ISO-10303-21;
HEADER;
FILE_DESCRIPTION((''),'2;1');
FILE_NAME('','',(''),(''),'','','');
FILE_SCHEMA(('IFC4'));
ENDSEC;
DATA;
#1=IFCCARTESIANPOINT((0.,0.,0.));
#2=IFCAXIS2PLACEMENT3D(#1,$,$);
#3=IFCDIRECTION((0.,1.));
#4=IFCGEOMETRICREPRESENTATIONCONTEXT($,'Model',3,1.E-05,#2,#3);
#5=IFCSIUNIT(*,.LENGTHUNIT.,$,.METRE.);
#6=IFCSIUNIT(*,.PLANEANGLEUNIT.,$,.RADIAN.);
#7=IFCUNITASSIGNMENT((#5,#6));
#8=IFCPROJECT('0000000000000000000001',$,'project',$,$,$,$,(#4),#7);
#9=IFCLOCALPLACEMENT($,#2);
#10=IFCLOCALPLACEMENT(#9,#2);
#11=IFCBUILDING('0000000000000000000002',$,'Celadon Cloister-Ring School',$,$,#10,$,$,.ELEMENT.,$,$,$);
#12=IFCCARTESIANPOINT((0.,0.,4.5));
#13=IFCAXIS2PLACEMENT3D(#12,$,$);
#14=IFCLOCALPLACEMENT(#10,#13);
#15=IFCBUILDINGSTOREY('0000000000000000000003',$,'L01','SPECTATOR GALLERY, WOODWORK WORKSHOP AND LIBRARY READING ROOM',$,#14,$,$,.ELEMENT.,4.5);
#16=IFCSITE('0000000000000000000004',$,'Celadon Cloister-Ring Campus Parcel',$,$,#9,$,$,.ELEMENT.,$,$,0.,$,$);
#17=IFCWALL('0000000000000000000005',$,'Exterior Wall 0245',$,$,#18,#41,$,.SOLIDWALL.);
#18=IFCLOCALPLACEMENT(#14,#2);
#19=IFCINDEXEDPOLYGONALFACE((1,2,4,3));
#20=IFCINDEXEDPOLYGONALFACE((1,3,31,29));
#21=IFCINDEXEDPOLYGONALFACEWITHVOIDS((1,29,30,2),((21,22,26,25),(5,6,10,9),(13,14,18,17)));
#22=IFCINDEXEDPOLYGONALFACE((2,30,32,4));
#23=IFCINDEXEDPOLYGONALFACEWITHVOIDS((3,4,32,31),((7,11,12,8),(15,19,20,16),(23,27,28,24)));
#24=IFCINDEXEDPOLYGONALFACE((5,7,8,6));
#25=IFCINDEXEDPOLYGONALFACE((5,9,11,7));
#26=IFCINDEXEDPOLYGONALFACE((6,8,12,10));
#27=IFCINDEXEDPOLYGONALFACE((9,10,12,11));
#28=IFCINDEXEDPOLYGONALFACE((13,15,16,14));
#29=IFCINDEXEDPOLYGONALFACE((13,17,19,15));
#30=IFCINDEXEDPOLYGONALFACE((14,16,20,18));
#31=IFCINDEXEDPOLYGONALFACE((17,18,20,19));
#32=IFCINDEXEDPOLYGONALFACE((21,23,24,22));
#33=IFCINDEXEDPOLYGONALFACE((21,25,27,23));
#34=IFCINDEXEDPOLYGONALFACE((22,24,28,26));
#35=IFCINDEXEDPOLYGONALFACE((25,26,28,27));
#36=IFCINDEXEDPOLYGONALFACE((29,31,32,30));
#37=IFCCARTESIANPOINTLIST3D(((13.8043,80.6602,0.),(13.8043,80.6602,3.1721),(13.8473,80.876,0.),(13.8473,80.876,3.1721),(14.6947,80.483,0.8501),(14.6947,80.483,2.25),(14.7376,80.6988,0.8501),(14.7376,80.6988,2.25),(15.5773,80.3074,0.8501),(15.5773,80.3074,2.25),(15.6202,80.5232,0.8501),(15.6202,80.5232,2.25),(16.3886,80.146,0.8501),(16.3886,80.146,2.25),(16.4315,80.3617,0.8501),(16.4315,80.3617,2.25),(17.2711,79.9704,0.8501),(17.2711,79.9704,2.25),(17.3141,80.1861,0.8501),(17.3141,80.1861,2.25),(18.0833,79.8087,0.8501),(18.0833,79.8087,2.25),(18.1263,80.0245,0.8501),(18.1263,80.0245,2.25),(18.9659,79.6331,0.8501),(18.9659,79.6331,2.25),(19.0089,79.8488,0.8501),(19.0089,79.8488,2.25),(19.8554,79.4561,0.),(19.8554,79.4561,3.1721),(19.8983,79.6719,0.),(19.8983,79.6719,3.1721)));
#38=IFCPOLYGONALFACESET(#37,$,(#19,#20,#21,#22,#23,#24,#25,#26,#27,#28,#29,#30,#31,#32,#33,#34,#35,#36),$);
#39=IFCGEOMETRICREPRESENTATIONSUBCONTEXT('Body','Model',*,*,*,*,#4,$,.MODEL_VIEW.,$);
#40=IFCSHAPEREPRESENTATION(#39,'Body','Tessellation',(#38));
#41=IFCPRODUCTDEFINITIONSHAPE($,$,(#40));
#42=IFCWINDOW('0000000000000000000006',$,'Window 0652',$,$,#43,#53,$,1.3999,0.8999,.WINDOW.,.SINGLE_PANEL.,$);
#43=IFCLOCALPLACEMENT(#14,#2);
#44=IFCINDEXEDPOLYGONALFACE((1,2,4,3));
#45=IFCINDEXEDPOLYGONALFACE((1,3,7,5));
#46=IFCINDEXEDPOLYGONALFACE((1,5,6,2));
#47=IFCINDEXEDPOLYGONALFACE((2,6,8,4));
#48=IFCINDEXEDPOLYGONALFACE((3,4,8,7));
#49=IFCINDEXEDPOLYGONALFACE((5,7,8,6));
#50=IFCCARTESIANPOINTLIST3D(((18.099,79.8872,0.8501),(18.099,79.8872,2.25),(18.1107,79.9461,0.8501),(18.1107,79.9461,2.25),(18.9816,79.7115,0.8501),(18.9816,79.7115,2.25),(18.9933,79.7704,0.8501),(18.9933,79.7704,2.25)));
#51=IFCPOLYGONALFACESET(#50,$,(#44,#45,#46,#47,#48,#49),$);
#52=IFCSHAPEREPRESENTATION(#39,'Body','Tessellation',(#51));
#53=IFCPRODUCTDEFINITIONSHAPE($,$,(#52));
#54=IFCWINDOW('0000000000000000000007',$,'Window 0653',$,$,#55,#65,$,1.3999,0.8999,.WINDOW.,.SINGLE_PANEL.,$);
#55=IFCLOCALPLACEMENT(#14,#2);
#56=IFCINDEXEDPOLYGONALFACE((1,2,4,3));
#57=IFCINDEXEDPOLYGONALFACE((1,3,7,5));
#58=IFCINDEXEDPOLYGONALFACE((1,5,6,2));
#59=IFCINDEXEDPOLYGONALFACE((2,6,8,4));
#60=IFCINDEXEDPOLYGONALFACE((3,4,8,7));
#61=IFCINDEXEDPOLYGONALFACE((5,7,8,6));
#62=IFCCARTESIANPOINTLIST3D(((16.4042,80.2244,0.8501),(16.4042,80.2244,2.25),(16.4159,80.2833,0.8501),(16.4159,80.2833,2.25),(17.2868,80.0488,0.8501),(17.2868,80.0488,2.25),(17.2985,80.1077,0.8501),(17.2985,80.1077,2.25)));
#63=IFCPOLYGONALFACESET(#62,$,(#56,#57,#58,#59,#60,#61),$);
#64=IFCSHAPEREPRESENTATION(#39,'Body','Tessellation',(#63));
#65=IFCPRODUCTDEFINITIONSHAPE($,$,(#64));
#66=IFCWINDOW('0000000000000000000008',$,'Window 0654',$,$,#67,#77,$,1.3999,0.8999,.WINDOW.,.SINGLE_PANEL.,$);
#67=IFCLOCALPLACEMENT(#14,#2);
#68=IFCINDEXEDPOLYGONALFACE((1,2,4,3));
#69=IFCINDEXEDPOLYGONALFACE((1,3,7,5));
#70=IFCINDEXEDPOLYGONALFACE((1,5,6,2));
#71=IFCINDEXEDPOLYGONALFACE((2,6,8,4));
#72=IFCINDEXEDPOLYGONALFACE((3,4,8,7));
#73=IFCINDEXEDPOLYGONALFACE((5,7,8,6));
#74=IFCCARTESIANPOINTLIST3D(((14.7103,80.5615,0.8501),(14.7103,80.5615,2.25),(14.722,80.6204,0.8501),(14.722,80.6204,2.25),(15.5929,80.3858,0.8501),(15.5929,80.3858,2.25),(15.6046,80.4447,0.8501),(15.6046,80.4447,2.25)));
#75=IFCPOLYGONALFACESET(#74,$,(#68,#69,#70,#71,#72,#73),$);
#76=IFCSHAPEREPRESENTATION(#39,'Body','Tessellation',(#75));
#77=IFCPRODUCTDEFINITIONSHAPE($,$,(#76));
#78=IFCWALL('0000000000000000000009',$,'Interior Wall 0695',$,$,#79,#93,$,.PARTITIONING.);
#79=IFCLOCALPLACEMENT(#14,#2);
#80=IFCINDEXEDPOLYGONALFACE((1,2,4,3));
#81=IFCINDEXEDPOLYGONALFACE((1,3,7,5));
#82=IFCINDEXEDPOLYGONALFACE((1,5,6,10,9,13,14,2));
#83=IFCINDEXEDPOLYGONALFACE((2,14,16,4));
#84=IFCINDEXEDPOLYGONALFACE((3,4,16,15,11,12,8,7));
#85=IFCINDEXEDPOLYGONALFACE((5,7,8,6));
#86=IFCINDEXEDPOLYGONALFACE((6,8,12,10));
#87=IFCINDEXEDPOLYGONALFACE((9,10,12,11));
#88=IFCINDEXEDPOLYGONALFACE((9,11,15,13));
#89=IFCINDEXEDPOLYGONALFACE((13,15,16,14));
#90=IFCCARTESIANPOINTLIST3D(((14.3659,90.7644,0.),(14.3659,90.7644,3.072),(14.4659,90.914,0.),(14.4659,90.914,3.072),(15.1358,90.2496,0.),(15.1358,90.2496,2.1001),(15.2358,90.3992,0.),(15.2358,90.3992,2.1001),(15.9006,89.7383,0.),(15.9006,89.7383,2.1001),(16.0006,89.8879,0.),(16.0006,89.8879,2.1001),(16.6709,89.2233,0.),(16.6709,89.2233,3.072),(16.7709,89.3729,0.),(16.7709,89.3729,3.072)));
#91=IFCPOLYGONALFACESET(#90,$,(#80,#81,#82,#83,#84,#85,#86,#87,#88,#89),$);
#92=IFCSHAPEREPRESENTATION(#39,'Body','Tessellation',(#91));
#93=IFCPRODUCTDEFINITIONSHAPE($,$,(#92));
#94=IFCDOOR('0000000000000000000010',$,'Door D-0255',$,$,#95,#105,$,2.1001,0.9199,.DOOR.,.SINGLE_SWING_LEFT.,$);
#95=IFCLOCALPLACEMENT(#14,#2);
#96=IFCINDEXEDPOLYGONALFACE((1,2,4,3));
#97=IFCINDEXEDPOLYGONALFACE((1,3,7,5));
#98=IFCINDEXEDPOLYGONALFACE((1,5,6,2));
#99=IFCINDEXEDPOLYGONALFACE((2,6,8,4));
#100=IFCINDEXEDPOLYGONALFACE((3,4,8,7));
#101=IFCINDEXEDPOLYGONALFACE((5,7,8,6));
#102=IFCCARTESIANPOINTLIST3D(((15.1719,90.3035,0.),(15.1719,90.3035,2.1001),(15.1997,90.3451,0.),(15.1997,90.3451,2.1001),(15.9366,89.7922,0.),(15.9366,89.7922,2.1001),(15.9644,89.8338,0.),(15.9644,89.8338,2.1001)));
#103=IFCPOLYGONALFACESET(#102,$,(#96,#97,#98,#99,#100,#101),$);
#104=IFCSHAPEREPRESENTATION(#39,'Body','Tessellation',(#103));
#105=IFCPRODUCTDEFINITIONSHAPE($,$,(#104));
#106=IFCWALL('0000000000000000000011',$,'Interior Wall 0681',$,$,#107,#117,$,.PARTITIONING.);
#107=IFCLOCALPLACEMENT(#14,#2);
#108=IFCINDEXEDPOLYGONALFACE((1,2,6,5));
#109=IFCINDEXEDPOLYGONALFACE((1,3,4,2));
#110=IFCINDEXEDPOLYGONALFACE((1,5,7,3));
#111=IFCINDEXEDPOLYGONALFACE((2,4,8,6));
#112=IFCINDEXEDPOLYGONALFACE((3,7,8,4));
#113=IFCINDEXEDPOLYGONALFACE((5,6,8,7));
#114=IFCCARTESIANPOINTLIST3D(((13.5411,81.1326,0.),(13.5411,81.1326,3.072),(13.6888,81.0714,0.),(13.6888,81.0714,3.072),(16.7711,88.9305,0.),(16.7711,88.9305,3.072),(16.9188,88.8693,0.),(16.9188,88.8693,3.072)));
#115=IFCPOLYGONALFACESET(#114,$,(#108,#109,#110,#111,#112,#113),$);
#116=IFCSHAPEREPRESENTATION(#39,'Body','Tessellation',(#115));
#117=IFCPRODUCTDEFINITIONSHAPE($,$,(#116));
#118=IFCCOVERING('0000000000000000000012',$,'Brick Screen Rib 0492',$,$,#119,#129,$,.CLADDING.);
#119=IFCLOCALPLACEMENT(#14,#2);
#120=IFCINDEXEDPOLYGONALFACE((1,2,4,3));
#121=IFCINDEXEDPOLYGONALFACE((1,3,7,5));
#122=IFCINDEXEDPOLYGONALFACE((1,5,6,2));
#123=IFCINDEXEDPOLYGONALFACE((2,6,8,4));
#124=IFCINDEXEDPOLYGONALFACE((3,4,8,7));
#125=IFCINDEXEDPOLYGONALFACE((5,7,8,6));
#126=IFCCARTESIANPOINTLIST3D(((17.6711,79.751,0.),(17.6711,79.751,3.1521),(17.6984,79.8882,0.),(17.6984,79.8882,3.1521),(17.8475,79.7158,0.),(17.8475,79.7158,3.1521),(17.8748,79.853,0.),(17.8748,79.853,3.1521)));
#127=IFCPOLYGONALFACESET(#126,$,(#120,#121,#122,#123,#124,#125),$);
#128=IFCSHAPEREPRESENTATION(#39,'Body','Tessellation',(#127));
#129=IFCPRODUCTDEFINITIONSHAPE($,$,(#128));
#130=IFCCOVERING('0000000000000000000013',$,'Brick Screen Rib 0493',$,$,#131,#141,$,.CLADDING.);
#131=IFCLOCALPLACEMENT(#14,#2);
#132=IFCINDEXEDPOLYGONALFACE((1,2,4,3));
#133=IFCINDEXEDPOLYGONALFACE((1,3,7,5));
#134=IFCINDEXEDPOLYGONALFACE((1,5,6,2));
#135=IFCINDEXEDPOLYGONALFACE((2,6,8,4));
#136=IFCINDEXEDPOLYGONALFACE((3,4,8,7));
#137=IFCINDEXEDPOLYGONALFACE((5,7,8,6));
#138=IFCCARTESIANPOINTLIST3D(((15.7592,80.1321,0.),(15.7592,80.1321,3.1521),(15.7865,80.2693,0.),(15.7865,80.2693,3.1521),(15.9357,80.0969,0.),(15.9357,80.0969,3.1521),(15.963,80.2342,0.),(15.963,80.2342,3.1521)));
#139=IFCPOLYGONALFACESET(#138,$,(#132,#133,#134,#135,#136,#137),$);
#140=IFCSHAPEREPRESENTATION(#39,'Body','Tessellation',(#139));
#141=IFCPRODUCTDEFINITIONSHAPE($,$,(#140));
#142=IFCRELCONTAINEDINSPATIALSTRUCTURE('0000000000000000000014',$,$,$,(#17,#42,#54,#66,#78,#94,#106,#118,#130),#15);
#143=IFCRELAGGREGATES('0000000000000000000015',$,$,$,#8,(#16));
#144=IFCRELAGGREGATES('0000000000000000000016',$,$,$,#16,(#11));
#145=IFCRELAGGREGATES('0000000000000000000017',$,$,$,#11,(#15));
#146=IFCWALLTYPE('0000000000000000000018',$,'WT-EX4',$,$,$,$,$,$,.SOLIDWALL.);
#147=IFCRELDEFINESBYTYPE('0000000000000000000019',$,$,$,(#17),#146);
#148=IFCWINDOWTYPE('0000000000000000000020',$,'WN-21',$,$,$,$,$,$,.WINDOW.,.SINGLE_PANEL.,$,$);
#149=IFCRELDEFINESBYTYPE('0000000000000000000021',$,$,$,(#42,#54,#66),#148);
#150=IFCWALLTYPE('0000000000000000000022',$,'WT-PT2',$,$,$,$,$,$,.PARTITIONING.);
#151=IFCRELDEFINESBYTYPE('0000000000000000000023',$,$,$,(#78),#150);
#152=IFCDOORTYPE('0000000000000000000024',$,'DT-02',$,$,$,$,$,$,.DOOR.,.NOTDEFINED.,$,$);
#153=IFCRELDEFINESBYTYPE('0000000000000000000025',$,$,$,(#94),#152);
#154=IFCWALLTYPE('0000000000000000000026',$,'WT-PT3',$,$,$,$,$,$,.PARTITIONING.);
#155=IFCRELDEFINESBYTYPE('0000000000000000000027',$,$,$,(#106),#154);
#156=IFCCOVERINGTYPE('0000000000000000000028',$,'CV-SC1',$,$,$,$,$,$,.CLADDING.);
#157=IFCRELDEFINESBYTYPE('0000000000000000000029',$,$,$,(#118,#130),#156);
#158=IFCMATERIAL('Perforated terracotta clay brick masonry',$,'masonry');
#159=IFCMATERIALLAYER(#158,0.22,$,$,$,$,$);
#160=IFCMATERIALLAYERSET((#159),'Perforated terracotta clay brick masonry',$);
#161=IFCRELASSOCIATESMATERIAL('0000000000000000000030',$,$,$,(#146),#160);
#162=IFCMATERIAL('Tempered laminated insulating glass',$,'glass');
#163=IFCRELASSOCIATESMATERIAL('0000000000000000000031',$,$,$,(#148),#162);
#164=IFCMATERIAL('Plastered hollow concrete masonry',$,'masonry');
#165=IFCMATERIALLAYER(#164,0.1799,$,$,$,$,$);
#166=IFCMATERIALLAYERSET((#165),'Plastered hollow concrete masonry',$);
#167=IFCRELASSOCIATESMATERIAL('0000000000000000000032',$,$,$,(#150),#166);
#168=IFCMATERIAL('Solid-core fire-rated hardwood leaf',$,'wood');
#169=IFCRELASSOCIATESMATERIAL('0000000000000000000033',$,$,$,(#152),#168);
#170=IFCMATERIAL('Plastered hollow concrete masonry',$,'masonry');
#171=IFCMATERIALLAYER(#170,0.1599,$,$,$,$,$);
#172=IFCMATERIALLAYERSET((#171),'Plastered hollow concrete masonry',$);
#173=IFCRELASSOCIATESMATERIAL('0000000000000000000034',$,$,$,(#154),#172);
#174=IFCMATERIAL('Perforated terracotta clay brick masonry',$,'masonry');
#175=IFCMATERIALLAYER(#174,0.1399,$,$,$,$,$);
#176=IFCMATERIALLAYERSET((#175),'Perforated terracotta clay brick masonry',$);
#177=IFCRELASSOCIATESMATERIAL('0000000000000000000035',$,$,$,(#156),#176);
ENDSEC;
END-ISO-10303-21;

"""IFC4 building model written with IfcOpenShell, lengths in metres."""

from ifc_helpers import new_model, si_unit, direction, frame, frame_2d, origin, origin_2d, place, context, subcontext, project, spatial, rectangle, extrude, material, layer, layer_set, type_object, element, fill, save


model = new_model("IFC4")

# Units and contexts
model_context = context("Model", 3, precision=1e-05, world=origin(), true_north=direction((0.0, 1.0)))
body_context = subcontext(model_context, "Body", "Model", "MODEL_VIEW")
ifc_project = project(units=[si_unit("LENGTHUNIT", "METRE"), si_unit("PLANEANGLEUNIT", "RADIAN")], contexts=[model_context])

# Site, building, storey
site_placement = place(None, origin())
site = spatial("IfcSite", under=ifc_project, at=site_placement, Name="Celadon Cloister-Ring Campus Parcel", CompositionType="ELEMENT", RefElevation=0.0)
building_placement = place(site_placement, origin())
building = spatial("IfcBuilding", under=site, at=building_placement, Name="Celadon Cloister-Ring School", CompositionType="ELEMENT")
storey_placement = place(building_placement, frame((0.0, 0.0, 4.5)))
storey = spatial("IfcBuildingStorey", under=building, at=storey_placement, Name="L01", Description="SPECTATOR GALLERY, WOODWORK WORKSHOP AND LIBRARY READING ROOM", CompositionType="ELEMENT", Elevation=4.5)

# Wall, openings, windows
ifc_material_1 = material(Name="Perforated terracotta clay brick masonry", Category="masonry")
ifc_layer_1 = layer(ifc_material_1, 0.22)
ifc_layer_set_1 = layer_set([ifc_layer_1], Name="Perforated terracotta clay brick masonry")
wall_type_1 = type_object("IfcWallType", Name="WT-EX4", PredefinedType="SOLIDWALL", material=ifc_layer_set_1)
wall_1_placement = place(storey_placement, frame((19.877, 79.564, 0.0), z_axis=(0.0, 0.0, 1.0), x_axis=(-0.98077, 0.195165, 0.0)))
wall_1 = element("IfcWall", 1, at=wall_1_placement, inside=storey, type_object=wall_type_1, Name="Exterior Wall 0245", PredefinedType="SOLIDWALL", context=body_context, shape_type="SweptSolid", body=[
    extrude(rectangle(XDim=6.1697, YDim=0.22, at=frame_2d((3.085, 0.0))), origin(), (0.0, 0.0, 1.0), 3.1721),
])
opening_1_placement = place(wall_1_placement, frame((0.907, 0.0, 0.8501)))
opening_1 = element("IfcOpeningElement", 2, at=opening_1_placement, cuts=wall_1, PredefinedType="OPENING", context=body_context, shape_type="SweptSolid", body=[
    extrude(rectangle(XDim=0.8999, YDim=1.3999, at=frame_2d((0.45, 0.7))), frame((0.0, 0.1201, 0.0), z_axis=(0.0, -1.0, 0.0), x_axis=(1.0, 0.0, 0.0)), (0.0, 0.0, 1.0), 0.24),
])
opening_2_placement = place(wall_1_placement, frame((2.635, 0.0, 0.8501)))
opening_2 = element("IfcOpeningElement", 3, at=opening_2_placement, cuts=wall_1, PredefinedType="OPENING", context=body_context, shape_type="SweptSolid", body=[
    extrude(rectangle(XDim=0.8999, YDim=1.3999, at=frame_2d((0.45, 0.7))), frame((0.0, 0.1201, 0.0), z_axis=(0.0, -1.0, 0.0), x_axis=(1.0, 0.0, 0.0)), (0.0, 0.0, 1.0), 0.24),
])
opening_3_placement = place(wall_1_placement, frame((4.3621, 0.0, 0.8501)))
opening_3 = element("IfcOpeningElement", 4, at=opening_3_placement, cuts=wall_1, PredefinedType="OPENING", context=body_context, shape_type="SweptSolid", body=[
    extrude(rectangle(XDim=0.8999, YDim=1.3999, at=frame_2d((0.45, 0.7))), frame((0.0, 0.1201, 0.0), z_axis=(0.0, -1.0, 0.0), x_axis=(1.0, 0.0, 0.0)), (0.0, 0.0, 1.0), 0.24),
])
ifc_material_2 = material(Name="Tempered laminated insulating glass", Category="glass")
window_type_1 = type_object("IfcWindowType", Name="WN-21", PartitioningType="SINGLE_PANEL", PredefinedType="WINDOW", material=ifc_material_2)
window_1_placement = place(opening_1_placement, origin())
window_1 = element("IfcWindow", 5, at=window_1_placement, inside=storey, type_object=window_type_1, Name="Window 0652", OverallHeight=1.3999, OverallWidth=0.8999, PartitioningType="SINGLE_PANEL", PredefinedType="WINDOW", context=body_context, shape_type="SweptSolid", body=[
    extrude(rectangle(XDim=0.8999, YDim=1.3999, at=frame_2d((0.45, 0.7))), frame((0.0, 0.03, 0.0), z_axis=(0.0, -1.0, 0.0), x_axis=(1.0, 0.0, 0.0)), (0.0, 0.0, 1.0), 0.0601),
])
fill(opening_1, window_1)
window_2_placement = place(opening_2_placement, origin())
window_2 = element("IfcWindow", 6, at=window_2_placement, inside=storey, type_object=window_type_1, Name="Window 0653", OverallHeight=1.3999, OverallWidth=0.8999, PartitioningType="SINGLE_PANEL", PredefinedType="WINDOW", context=body_context, shape_type="SweptSolid", body=[
    extrude(rectangle(XDim=0.8999, YDim=1.3999, at=frame_2d((0.45, 0.7))), frame((0.0, 0.03, 0.0), z_axis=(0.0, -1.0, 0.0), x_axis=(1.0, 0.0, 0.0)), (0.0, 0.0, 1.0), 0.0601),
])
fill(opening_2, window_2)
window_3_placement = place(opening_3_placement, origin())
window_3 = element("IfcWindow", 7, at=window_3_placement, inside=storey, type_object=window_type_1, Name="Window 0654", OverallHeight=1.3999, OverallWidth=0.8999, PartitioningType="SINGLE_PANEL", PredefinedType="WINDOW", context=body_context, shape_type="SweptSolid", body=[
    extrude(rectangle(XDim=0.8999, YDim=1.3999, at=frame_2d((0.45, 0.7))), frame((0.0, 0.03, 0.0), z_axis=(0.0, -1.0, 0.0), x_axis=(1.0, 0.0, 0.0)), (0.0, 0.0, 1.0), 0.0601),
])
fill(opening_3, window_3)

# Wall, opening, door
ifc_material_3 = material(Name="Plastered hollow concrete masonry", Category="masonry")
ifc_layer_2 = layer(ifc_material_3, 0.1799)
ifc_layer_set_2 = layer_set([ifc_layer_2], Name="Plastered hollow concrete masonry")
wall_type_2 = type_object("IfcWallType", Name="WT-PT2", PredefinedType="PARTITIONING", material=ifc_layer_set_2)
wall_2_placement = place(storey_placement, frame((14.416, 90.8391, 0.0), z_axis=(0.0, 0.0, 1.0), x_axis=(0.831318, -0.555797, 0.0)))
wall_2 = element("IfcWall", 8, at=wall_2_placement, inside=storey, type_object=wall_type_2, Name="Interior Wall 0695", PredefinedType="PARTITIONING", context=body_context, shape_type="SweptSolid", body=[
    extrude(rectangle(XDim=2.7727, YDim=0.1799, at=frame_2d((1.3862, 0.0))), origin(), (0.0, 0.0, 1.0), 3.072),
])
opening_4_placement = place(wall_2_placement, frame((0.926, 0.0, 0.0)))
opening_4 = element("IfcOpeningElement", 9, at=opening_4_placement, cuts=wall_2, PredefinedType="OPENING", context=body_context, shape_type="SweptSolid", body=[
    extrude(rectangle(XDim=0.9199, YDim=2.1001, at=frame_2d((0.46, 1.05))), frame((0.0, 0.1001, 0.0), z_axis=(0.0, -1.0, 0.0), x_axis=(1.0, 0.0, 0.0)), (0.0, 0.0, 1.0), 0.2),
])
ifc_material_4 = material(Name="Solid-core fire-rated hardwood leaf", Category="wood")
door_type = type_object("IfcDoorType", Name="DT-02", OperationType="NOTDEFINED", PredefinedType="DOOR", material=ifc_material_4)
door_placement = place(opening_4_placement, origin())
door = element("IfcDoor", 10, at=door_placement, inside=storey, type_object=door_type, Name="Door D-0255", OperationType="SINGLE_SWING_LEFT", OverallHeight=2.1001, OverallWidth=0.9199, PredefinedType="DOOR", context=body_context, shape_type="SweptSolid", body=[
    extrude(rectangle(XDim=0.9199, YDim=2.1001, at=frame_2d((0.46, 1.05))), frame((0.0, 0.0249, 0.0), z_axis=(0.0, -1.0, 0.0), x_axis=(1.0, 0.0, 0.0)), (0.0, 0.0, 1.0), 0.05),
])
fill(opening_4, door)

# Wall
ifc_material_5 = material(Name="Plastered hollow concrete masonry", Category="masonry")
ifc_layer_3 = layer(ifc_material_5, 0.1599)
ifc_layer_set_3 = layer_set([ifc_layer_3], Name="Plastered hollow concrete masonry")
wall_type_3 = type_object("IfcWallType", Name="WT-PT3", PredefinedType="PARTITIONING", material=ifc_layer_set_3)
wall_3_placement = place(storey_placement, frame((16.845, 88.8999, 0.0), z_axis=(0.0, 0.0, 1.0), x_axis=(-0.382684, -0.923879, 0.0)))
element("IfcWall", 11, at=wall_3_placement, inside=storey, type_object=wall_type_3, Name="Interior Wall 0681", PredefinedType="PARTITIONING", context=body_context, shape_type="SweptSolid", body=[
    extrude(rectangle(XDim=8.4404, YDim=0.1599, at=frame_2d((4.2202, 0.0))), origin(), (0.0, 0.0, 1.0), 3.072),
])

# Coverings
ifc_material_6 = material(Name="Perforated terracotta clay brick masonry", Category="masonry")
ifc_layer_4 = layer(ifc_material_6, 0.1399)
ifc_layer_set_4 = layer_set([ifc_layer_4], Name="Perforated terracotta clay brick masonry")
covering_type = type_object("IfcCoveringType", Name="CV-SC1", PredefinedType="CLADDING", material=ifc_layer_set_4)
for number, where, z_axis, x_axis, name in (
    (12, (17.7729, 79.802, 0.0), (0.0, 0.0, 1.0), (-0.980775, 0.195142, 0.0), "Brick Screen Rib 0492"),
    (13, (15.8611, 80.1831, 0.0), (0.0, 0.0, 1.0), (-0.980775, 0.195142, 0.0), "Brick Screen Rib 0493"),
):
    element("IfcCovering", number, at=place(storey_placement, frame(where, z_axis=z_axis, x_axis=x_axis)), inside=storey, type_object=covering_type, Name=name, PredefinedType="CLADDING", context=body_context, shape_type="SweptSolid", body=[
        extrude(rectangle(XDim=0.1799, YDim=0.1399, at=origin_2d()), origin(), (0.0, 0.0, 1.0), 3.1521),
    ])

save(model, "model.ifc")
